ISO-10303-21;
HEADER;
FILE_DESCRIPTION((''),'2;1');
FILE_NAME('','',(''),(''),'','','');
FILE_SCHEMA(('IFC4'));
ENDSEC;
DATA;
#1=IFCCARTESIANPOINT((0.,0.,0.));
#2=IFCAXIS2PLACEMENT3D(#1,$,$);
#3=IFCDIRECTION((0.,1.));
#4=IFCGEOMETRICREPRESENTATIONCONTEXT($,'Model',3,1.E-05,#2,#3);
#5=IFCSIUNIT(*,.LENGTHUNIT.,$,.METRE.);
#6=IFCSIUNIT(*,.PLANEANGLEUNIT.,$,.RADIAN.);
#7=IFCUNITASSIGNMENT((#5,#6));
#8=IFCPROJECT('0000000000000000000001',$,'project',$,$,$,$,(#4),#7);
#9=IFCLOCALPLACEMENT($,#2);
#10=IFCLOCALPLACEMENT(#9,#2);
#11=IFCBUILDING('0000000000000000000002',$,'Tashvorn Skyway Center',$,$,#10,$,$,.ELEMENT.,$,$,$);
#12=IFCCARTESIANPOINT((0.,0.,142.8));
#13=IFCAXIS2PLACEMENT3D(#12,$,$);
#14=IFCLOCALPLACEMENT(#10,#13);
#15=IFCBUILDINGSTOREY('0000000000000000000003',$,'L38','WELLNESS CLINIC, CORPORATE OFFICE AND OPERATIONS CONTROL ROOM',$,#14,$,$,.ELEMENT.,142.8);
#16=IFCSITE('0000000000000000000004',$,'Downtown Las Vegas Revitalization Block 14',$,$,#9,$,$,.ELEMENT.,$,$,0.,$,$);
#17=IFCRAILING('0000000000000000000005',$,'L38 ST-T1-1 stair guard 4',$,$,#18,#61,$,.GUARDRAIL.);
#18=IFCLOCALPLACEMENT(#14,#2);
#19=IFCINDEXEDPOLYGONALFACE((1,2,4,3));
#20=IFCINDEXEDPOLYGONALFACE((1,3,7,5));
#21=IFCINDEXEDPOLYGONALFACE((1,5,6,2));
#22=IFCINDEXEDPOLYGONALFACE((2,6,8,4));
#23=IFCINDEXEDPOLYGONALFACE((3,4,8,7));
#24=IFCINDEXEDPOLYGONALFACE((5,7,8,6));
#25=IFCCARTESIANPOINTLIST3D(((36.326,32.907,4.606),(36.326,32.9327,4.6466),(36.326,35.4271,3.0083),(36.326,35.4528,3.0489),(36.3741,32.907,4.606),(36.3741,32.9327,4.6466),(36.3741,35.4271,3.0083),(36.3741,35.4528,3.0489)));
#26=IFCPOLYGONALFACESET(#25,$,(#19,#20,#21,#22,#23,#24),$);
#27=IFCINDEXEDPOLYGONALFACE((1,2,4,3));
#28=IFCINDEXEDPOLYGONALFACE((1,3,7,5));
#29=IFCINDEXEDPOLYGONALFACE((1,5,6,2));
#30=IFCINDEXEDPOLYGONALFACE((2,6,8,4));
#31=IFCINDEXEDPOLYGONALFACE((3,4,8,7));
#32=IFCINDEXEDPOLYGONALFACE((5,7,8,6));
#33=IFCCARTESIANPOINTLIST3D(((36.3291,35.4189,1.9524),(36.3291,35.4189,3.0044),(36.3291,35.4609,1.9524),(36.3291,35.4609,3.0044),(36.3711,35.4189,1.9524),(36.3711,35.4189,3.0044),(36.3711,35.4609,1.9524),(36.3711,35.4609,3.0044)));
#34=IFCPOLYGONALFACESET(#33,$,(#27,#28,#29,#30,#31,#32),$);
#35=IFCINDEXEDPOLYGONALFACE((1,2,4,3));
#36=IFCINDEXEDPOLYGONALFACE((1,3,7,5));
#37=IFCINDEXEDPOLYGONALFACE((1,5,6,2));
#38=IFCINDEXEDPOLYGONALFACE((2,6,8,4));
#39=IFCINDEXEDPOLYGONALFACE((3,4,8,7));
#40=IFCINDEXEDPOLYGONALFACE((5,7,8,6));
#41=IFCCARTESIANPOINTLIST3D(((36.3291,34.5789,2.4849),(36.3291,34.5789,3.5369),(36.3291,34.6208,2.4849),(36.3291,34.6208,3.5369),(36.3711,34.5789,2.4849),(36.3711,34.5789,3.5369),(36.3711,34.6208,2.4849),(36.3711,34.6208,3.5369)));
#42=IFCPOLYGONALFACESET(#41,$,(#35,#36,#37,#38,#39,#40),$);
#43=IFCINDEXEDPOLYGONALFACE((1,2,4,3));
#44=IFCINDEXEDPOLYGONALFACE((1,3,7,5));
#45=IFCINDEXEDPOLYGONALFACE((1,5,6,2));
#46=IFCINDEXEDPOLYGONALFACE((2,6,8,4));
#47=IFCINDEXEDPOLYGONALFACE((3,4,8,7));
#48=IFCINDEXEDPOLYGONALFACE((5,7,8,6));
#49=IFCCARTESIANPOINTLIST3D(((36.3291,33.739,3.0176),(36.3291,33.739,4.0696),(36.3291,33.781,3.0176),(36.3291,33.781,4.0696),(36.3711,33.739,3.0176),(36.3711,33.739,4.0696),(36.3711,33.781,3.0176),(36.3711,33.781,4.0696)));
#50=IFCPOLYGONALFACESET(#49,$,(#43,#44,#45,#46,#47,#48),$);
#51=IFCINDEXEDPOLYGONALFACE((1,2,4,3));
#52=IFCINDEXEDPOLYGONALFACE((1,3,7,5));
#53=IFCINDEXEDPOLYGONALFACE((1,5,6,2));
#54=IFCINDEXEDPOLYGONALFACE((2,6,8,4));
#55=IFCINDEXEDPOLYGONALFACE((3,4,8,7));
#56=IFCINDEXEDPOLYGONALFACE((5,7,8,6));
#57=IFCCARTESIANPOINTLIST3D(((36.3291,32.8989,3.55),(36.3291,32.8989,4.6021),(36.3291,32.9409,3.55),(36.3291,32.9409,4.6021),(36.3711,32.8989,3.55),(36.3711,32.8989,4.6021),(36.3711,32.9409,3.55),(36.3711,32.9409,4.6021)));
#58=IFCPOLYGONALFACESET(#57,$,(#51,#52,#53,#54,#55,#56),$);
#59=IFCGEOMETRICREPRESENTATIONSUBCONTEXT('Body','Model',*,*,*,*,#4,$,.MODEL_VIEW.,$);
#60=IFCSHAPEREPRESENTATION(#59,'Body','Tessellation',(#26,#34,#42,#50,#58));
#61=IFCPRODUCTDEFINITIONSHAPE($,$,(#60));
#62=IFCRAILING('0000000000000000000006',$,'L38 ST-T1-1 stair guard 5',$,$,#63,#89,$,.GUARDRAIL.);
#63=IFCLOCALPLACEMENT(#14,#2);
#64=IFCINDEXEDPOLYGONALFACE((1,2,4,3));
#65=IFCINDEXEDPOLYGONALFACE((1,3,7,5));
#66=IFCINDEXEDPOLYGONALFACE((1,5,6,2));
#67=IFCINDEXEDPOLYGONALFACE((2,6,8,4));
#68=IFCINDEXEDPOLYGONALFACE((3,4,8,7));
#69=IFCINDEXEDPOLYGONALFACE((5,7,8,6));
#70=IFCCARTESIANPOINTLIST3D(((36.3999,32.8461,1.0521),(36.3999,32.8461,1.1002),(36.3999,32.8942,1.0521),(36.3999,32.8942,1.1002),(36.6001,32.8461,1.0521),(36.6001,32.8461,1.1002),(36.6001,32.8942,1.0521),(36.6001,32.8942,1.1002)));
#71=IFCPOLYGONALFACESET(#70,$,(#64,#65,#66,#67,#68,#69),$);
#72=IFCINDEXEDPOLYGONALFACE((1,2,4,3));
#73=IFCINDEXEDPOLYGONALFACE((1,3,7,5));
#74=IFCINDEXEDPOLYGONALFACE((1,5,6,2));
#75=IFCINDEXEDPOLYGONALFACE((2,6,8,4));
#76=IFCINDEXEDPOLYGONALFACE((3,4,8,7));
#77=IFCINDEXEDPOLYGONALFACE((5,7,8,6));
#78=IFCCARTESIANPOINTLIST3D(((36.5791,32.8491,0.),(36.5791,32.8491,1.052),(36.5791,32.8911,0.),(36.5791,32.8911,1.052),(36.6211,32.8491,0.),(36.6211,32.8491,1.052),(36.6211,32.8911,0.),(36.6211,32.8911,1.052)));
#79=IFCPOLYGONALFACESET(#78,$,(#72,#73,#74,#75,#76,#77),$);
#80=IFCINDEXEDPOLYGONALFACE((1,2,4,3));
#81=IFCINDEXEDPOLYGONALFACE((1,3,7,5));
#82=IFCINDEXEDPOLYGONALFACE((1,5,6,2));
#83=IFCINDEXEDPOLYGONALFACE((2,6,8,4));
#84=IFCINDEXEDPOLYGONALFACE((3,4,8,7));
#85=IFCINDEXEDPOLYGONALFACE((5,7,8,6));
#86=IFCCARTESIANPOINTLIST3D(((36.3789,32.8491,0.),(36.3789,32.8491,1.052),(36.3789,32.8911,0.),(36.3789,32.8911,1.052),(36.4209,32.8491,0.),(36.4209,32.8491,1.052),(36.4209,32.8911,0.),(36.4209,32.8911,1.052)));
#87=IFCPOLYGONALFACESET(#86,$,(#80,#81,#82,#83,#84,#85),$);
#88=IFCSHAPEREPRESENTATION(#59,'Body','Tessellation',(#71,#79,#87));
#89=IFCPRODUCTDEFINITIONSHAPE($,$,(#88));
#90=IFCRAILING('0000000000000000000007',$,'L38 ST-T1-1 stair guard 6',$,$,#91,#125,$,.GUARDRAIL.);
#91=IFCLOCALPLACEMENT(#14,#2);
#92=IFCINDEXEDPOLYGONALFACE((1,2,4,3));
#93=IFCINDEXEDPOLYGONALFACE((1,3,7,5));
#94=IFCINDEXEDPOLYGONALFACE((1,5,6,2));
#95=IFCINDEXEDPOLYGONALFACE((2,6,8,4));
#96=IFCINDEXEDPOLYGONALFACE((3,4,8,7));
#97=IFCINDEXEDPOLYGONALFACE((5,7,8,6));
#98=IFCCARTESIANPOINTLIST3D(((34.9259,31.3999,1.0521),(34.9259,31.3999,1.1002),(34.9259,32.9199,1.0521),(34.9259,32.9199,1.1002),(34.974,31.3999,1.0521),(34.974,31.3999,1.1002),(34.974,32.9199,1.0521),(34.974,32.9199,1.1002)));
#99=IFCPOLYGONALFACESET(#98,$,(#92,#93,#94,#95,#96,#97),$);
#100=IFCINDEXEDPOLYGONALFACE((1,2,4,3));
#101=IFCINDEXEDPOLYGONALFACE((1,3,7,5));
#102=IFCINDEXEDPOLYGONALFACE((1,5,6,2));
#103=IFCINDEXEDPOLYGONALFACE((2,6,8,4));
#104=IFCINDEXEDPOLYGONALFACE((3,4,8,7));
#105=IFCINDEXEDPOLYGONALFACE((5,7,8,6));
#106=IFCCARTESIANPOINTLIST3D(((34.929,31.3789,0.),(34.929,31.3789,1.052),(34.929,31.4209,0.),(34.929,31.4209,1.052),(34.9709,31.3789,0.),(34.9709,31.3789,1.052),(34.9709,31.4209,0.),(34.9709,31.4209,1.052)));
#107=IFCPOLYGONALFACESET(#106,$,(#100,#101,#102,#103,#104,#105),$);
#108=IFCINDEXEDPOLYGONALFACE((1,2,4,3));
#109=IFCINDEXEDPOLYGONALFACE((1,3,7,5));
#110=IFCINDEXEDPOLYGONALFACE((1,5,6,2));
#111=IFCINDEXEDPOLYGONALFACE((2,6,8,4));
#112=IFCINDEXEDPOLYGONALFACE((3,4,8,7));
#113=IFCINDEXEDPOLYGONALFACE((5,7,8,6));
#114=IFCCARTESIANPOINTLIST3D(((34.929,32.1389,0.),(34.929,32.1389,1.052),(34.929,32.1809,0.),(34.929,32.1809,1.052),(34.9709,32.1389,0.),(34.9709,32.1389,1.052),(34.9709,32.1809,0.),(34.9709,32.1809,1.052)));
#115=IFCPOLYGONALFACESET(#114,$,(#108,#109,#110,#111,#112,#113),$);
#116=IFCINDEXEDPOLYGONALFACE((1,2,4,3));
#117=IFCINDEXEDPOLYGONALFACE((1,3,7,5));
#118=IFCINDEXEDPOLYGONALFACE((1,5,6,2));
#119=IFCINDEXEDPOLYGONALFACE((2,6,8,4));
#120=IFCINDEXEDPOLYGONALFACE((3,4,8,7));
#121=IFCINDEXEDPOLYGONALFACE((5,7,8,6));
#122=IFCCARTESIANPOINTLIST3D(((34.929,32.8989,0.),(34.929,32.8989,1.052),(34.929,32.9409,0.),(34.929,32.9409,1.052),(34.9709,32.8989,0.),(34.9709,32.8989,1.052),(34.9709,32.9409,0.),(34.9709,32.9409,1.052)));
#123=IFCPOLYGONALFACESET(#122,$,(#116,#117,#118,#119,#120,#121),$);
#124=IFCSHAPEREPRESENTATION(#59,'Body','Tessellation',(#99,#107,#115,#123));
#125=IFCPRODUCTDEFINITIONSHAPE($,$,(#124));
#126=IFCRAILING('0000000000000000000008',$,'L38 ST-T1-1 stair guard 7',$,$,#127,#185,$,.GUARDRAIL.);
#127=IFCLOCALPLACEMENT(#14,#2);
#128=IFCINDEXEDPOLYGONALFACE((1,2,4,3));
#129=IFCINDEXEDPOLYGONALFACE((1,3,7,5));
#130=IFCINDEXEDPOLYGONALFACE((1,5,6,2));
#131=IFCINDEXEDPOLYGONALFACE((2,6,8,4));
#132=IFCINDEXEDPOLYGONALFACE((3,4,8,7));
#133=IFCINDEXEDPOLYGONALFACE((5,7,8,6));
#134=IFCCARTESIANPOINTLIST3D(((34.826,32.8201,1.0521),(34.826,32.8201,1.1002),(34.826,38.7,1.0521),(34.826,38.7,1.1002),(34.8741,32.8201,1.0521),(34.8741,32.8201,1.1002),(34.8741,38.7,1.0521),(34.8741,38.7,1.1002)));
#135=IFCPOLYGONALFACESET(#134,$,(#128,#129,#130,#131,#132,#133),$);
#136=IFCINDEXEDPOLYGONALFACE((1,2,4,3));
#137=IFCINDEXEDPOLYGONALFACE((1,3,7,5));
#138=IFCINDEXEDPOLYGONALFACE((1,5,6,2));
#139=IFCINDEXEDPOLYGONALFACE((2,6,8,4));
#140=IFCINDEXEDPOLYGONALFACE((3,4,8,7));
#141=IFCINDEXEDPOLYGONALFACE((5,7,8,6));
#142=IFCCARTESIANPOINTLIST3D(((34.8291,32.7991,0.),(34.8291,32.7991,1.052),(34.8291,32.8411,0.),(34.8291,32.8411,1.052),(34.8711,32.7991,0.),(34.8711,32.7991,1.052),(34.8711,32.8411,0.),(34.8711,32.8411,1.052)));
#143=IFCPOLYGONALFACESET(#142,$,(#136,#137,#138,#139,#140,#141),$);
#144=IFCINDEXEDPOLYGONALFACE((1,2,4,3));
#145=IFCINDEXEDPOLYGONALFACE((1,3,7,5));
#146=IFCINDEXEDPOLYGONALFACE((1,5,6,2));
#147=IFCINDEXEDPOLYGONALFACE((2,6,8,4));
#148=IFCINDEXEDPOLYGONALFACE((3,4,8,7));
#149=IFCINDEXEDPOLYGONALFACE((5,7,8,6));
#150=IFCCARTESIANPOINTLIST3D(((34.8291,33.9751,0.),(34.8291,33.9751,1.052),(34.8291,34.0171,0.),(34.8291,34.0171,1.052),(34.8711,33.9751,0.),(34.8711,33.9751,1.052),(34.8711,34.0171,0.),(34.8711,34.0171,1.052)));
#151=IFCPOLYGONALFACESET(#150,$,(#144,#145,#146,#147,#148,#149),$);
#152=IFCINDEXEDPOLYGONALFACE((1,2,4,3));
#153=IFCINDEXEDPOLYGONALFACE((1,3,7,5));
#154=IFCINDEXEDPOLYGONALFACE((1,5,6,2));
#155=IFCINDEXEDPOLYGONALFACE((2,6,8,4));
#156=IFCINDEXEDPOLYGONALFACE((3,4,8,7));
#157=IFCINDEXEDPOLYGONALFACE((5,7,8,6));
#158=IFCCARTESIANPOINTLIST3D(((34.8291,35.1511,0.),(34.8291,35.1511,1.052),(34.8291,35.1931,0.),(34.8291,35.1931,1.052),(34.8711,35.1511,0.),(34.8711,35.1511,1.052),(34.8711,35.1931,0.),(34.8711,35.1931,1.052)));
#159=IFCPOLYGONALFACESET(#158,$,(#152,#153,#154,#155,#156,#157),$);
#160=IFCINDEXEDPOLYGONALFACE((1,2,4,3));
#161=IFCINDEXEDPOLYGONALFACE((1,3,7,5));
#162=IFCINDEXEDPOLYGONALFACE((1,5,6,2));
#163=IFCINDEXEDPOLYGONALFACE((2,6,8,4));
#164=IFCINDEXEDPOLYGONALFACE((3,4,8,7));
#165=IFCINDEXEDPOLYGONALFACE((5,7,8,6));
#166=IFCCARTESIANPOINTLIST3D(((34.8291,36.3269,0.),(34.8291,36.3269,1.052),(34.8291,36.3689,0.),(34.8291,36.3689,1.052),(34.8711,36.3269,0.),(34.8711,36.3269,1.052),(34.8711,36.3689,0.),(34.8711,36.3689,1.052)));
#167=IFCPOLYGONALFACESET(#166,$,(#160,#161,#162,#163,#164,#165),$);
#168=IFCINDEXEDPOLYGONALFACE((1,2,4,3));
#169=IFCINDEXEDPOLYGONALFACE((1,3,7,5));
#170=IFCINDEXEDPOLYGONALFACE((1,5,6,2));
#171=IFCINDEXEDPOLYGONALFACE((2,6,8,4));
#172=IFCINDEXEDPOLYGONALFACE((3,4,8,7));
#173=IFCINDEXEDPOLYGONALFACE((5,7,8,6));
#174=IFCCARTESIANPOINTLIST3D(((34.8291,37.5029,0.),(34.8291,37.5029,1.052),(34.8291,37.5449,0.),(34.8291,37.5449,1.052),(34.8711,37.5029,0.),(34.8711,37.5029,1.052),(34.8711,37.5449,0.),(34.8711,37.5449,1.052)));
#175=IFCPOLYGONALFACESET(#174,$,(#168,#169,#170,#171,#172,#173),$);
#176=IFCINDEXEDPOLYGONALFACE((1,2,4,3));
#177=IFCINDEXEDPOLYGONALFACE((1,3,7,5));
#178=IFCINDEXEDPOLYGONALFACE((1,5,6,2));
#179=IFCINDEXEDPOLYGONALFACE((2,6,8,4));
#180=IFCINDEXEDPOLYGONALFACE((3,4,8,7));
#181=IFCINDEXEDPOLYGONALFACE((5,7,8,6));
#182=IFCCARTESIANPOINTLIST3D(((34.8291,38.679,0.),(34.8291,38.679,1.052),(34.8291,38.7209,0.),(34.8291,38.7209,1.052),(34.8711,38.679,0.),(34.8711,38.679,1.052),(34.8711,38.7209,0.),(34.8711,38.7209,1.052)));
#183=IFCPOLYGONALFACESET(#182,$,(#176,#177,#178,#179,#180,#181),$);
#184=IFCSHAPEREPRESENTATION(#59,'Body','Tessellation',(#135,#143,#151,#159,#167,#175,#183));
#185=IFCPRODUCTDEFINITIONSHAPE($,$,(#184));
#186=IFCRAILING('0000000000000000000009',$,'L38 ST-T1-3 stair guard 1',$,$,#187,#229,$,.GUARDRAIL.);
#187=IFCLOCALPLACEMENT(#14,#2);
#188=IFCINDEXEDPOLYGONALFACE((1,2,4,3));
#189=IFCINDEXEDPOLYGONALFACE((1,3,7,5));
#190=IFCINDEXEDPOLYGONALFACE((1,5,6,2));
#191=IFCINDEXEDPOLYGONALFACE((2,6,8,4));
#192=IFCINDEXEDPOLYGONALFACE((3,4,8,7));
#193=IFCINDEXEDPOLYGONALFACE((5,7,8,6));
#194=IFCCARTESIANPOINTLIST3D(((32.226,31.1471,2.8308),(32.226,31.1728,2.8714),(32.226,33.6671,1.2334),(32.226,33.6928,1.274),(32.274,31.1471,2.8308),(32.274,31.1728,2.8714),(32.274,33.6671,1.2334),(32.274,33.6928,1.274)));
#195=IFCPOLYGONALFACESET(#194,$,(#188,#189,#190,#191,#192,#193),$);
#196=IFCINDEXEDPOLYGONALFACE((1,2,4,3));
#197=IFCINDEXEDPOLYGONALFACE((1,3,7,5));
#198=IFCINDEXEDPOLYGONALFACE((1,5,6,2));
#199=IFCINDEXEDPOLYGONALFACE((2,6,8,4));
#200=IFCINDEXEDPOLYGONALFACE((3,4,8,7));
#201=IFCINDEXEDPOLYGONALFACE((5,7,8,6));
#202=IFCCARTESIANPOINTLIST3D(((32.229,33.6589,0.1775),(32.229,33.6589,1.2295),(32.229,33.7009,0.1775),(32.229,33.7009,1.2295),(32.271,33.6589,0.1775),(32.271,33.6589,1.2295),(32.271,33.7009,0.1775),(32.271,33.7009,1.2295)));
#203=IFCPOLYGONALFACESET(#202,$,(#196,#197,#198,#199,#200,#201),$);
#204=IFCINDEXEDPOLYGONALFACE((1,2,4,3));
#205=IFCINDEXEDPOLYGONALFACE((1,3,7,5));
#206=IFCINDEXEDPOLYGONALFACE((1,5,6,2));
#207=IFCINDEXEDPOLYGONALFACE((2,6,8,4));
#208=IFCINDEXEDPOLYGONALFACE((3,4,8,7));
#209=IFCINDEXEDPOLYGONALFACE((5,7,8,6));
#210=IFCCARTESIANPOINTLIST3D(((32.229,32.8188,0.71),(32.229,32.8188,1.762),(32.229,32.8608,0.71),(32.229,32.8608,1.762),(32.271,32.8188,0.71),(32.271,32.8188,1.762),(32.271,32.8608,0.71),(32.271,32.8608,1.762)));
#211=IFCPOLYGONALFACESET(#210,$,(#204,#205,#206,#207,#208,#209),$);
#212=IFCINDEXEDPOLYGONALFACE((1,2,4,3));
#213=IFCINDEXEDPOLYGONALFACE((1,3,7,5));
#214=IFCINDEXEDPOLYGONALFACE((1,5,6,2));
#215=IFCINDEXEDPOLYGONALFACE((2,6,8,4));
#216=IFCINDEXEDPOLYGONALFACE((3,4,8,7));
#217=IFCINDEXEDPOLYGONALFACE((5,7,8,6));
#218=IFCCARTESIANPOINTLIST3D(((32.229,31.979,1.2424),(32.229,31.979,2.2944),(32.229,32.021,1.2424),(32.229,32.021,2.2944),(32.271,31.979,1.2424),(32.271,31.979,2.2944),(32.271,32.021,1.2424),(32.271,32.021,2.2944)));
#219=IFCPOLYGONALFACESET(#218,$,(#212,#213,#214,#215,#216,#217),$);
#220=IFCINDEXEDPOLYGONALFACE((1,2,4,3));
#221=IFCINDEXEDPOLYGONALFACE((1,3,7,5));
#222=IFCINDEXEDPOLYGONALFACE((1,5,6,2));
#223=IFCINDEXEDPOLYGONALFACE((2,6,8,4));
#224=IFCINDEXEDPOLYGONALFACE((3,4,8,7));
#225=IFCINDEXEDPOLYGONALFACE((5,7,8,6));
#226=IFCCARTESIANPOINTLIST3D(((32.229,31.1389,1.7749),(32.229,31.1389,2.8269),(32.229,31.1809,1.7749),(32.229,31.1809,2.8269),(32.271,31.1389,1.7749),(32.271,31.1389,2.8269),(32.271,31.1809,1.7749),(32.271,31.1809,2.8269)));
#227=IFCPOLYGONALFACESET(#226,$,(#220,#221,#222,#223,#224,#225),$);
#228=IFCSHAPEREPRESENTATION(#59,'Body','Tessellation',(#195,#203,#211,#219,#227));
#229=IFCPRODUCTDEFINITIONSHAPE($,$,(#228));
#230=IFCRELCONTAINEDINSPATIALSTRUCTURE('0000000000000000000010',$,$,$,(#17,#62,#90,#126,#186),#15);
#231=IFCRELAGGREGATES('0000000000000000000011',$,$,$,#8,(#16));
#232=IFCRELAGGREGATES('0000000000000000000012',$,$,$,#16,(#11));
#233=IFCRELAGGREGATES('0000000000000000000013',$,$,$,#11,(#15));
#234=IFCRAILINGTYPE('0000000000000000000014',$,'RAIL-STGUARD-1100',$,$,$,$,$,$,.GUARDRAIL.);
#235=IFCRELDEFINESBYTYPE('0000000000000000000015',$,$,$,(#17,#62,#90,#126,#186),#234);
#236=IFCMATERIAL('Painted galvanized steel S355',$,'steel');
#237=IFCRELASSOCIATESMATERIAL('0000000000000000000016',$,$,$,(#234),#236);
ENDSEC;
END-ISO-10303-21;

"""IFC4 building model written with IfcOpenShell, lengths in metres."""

from ifc_helpers import new_model, si_unit, direction, frame, origin, origin_2d, place, context, subcontext, project, spatial, rectangle, extrude, material, type_object, element, save


model = new_model("IFC4")

# Units and contexts
model_context = context("Model", 3, precision=1e-05, world=origin(), true_north=direction((0.0, 1.0)))
body_context = subcontext(model_context, "Body", "Model", "MODEL_VIEW")
ifc_project = project(units=[si_unit("LENGTHUNIT", "METRE"), si_unit("PLANEANGLEUNIT", "RADIAN")], contexts=[model_context])

# Site, building, storey
site_placement = place(None, origin())
site = spatial("IfcSite", under=ifc_project, at=site_placement, Name="Downtown Las Vegas Revitalization Block 14", CompositionType="ELEMENT", RefElevation=0.0)
building_placement = place(site_placement, origin())
building = spatial("IfcBuilding", under=site, at=building_placement, Name="Tashvorn Skyway Center", CompositionType="ELEMENT")
storey_placement = place(building_placement, frame((0.0, 0.0, 142.8)))
storey = spatial("IfcBuildingStorey", under=building, at=storey_placement, Name="L38", Description="WELLNESS CLINIC, CORPORATE OFFICE AND OPERATIONS CONTROL ROOM", CompositionType="ELEMENT", Elevation=142.8)

# Railings
ifc_material_1 = material(Name="Painted galvanized steel S355", Category="steel")
railing_type_1 = type_object("IfcRailingType", Name="RAIL-STGUARD-1100", PredefinedType="GUARDRAIL", material=ifc_material_1)
railing_1_placement = place(storey_placement, frame((36.3501, 35.4399, 1.9524)))
element("IfcRailing", 1, at=railing_1_placement, inside=storey, type_object=railing_type_1, Name="L38 ST-T1-1 stair guard 4", PredefinedType="GUARDRAIL", context=body_context, shape_type="SweptSolid", body=[
    extrude(rectangle(XDim=0.0481, YDim=0.0481, at=origin_2d()), frame((0.0, 0.0, 1.0762), z_axis=(0.0, -0.84457, 0.535445), x_axis=(1.0, 0.0, 0.0)), (0.0, 0.0, 1.0), 2.9839),
    extrude(rectangle(XDim=0.042, YDim=0.042, at=origin_2d()), origin(), (0.0, 0.0, 1.0), 1.052),
    extrude(rectangle(XDim=0.042, YDim=0.042, at=origin_2d()), frame((0.0, -0.8401, 0.5325)), (0.0, 0.0, 1.0), 1.052),
    extrude(rectangle(XDim=0.042, YDim=0.042, at=origin_2d()), frame((0.0, -1.6799, 1.0652)), (0.0, 0.0, 1.0), 1.052),
    extrude(rectangle(XDim=0.042, YDim=0.042, at=origin_2d()), frame((0.0, -2.52, 1.5977)), (0.0, 0.0, 1.0), 1.052),
])
railing_2_placement = place(storey_placement, frame((36.6001, 32.8701, 0.0)))
element("IfcRailing", 2, at=railing_2_placement, inside=storey, type_object=railing_type_1, Name="L38 ST-T1-1 stair guard 5", PredefinedType="GUARDRAIL", context=body_context, shape_type="SweptSolid", body=[
    extrude(rectangle(XDim=0.0481, YDim=0.0481, at=origin_2d()), frame((0.0, 0.0, 1.0762), z_axis=(-1.0, 0.0, 0.0), x_axis=(0.0, -1.0, 0.0)), (0.0, 0.0, 1.0), 0.2002),
    extrude(rectangle(XDim=0.042, YDim=0.042, at=origin_2d()), origin(), (0.0, 0.0, 1.0), 1.052),
    extrude(rectangle(XDim=0.042, YDim=0.042, at=origin_2d()), frame((-0.2002, 0.0, 0.0)), (0.0, 0.0, 1.0), 1.052),
])
railing_3_placement = place(storey_placement, frame((34.95, 31.3999, 0.0)))
element("IfcRailing", 3, at=railing_3_placement, inside=storey, type_object=railing_type_1, Name="L38 ST-T1-1 stair guard 6", PredefinedType="GUARDRAIL", context=body_context, shape_type="SweptSolid", body=[
    extrude(rectangle(XDim=0.0481, YDim=0.0481, at=origin_2d()), frame((0.0, 0.0, 1.0762), z_axis=(0.0, 1.0, 0.0), x_axis=(-1.0, 0.0, 0.0)), (0.0, 0.0, 1.0), 1.52),
    extrude(rectangle(XDim=0.042, YDim=0.042, at=origin_2d()), origin(), (0.0, 0.0, 1.0), 1.052),
    extrude(rectangle(XDim=0.042, YDim=0.042, at=origin_2d()), frame((0.0, 0.76, 0.0)), (0.0, 0.0, 1.0), 1.052),
    extrude(rectangle(XDim=0.042, YDim=0.042, at=origin_2d()), frame((0.0, 1.52, 0.0)), (0.0, 0.0, 1.0), 1.052),
])
railing_4_placement = place(storey_placement, frame((34.8501, 32.8201, 0.0)))
element("IfcRailing", 4, at=railing_4_placement, inside=storey, type_object=railing_type_1, Name="L38 ST-T1-1 stair guard 7", PredefinedType="GUARDRAIL", context=body_context, shape_type="SweptSolid", body=[
    extrude(rectangle(XDim=0.0481, YDim=0.0481, at=origin_2d()), frame((0.0, 0.0, 1.0762), z_axis=(0.0, 1.0, 0.0), x_axis=(-1.0, 0.0, 0.0)), (0.0, 0.0, 1.0), 5.8799),
    extrude(rectangle(XDim=0.042, YDim=0.042, at=origin_2d()), origin(), (0.0, 0.0, 1.0), 1.052),
    extrude(rectangle(XDim=0.042, YDim=0.042, at=origin_2d()), frame((0.0, 1.176, 0.0)), (0.0, 0.0, 1.0), 1.052),
    extrude(rectangle(XDim=0.042, YDim=0.042, at=origin_2d()), frame((0.0, 2.3521, 0.0)), (0.0, 0.0, 1.0), 1.052),
    extrude(rectangle(XDim=0.042, YDim=0.042, at=origin_2d()), frame((0.0, 3.5278, 0.0)), (0.0, 0.0, 1.0), 1.052),
    extrude(rectangle(XDim=0.042, YDim=0.042, at=origin_2d()), frame((0.0, 4.7039, 0.0)), (0.0, 0.0, 1.0), 1.052),
    extrude(rectangle(XDim=0.042, YDim=0.042, at=origin_2d()), frame((0.0, 5.8799, 0.0)), (0.0, 0.0, 1.0), 1.052),
])
railing_5_placement = place(storey_placement, frame((32.25, 33.6799, 0.1775)))
element("IfcRailing", 5, at=railing_5_placement, inside=storey, type_object=railing_type_1, Name="L38 ST-T1-3 stair guard 1", PredefinedType="GUARDRAIL", context=body_context, shape_type="SweptSolid", body=[
    extrude(rectangle(XDim=0.0481, YDim=0.0481, at=origin_2d()), frame((0.0, 0.0, 1.0762), z_axis=(0.0, -0.844607, 0.535387), x_axis=(1.0, 0.0, 0.0)), (0.0, 0.0, 1.0), 2.9836),
    extrude(rectangle(XDim=0.042, YDim=0.042, at=origin_2d()), origin(), (0.0, 0.0, 1.0), 1.052),
    extrude(rectangle(XDim=0.042, YDim=0.042, at=origin_2d()), frame((0.0, -0.8401, 0.5325)), (0.0, 0.0, 1.0), 1.052),
    extrude(rectangle(XDim=0.042, YDim=0.042, at=origin_2d()), frame((0.0, -1.6799, 1.0649)), (0.0, 0.0, 1.0), 1.052),
    extrude(rectangle(XDim=0.042, YDim=0.042, at=origin_2d()), frame((0.0, -2.52, 1.5974)), (0.0, 0.0, 1.0), 1.052),
])

save(model, "model.ifc")
